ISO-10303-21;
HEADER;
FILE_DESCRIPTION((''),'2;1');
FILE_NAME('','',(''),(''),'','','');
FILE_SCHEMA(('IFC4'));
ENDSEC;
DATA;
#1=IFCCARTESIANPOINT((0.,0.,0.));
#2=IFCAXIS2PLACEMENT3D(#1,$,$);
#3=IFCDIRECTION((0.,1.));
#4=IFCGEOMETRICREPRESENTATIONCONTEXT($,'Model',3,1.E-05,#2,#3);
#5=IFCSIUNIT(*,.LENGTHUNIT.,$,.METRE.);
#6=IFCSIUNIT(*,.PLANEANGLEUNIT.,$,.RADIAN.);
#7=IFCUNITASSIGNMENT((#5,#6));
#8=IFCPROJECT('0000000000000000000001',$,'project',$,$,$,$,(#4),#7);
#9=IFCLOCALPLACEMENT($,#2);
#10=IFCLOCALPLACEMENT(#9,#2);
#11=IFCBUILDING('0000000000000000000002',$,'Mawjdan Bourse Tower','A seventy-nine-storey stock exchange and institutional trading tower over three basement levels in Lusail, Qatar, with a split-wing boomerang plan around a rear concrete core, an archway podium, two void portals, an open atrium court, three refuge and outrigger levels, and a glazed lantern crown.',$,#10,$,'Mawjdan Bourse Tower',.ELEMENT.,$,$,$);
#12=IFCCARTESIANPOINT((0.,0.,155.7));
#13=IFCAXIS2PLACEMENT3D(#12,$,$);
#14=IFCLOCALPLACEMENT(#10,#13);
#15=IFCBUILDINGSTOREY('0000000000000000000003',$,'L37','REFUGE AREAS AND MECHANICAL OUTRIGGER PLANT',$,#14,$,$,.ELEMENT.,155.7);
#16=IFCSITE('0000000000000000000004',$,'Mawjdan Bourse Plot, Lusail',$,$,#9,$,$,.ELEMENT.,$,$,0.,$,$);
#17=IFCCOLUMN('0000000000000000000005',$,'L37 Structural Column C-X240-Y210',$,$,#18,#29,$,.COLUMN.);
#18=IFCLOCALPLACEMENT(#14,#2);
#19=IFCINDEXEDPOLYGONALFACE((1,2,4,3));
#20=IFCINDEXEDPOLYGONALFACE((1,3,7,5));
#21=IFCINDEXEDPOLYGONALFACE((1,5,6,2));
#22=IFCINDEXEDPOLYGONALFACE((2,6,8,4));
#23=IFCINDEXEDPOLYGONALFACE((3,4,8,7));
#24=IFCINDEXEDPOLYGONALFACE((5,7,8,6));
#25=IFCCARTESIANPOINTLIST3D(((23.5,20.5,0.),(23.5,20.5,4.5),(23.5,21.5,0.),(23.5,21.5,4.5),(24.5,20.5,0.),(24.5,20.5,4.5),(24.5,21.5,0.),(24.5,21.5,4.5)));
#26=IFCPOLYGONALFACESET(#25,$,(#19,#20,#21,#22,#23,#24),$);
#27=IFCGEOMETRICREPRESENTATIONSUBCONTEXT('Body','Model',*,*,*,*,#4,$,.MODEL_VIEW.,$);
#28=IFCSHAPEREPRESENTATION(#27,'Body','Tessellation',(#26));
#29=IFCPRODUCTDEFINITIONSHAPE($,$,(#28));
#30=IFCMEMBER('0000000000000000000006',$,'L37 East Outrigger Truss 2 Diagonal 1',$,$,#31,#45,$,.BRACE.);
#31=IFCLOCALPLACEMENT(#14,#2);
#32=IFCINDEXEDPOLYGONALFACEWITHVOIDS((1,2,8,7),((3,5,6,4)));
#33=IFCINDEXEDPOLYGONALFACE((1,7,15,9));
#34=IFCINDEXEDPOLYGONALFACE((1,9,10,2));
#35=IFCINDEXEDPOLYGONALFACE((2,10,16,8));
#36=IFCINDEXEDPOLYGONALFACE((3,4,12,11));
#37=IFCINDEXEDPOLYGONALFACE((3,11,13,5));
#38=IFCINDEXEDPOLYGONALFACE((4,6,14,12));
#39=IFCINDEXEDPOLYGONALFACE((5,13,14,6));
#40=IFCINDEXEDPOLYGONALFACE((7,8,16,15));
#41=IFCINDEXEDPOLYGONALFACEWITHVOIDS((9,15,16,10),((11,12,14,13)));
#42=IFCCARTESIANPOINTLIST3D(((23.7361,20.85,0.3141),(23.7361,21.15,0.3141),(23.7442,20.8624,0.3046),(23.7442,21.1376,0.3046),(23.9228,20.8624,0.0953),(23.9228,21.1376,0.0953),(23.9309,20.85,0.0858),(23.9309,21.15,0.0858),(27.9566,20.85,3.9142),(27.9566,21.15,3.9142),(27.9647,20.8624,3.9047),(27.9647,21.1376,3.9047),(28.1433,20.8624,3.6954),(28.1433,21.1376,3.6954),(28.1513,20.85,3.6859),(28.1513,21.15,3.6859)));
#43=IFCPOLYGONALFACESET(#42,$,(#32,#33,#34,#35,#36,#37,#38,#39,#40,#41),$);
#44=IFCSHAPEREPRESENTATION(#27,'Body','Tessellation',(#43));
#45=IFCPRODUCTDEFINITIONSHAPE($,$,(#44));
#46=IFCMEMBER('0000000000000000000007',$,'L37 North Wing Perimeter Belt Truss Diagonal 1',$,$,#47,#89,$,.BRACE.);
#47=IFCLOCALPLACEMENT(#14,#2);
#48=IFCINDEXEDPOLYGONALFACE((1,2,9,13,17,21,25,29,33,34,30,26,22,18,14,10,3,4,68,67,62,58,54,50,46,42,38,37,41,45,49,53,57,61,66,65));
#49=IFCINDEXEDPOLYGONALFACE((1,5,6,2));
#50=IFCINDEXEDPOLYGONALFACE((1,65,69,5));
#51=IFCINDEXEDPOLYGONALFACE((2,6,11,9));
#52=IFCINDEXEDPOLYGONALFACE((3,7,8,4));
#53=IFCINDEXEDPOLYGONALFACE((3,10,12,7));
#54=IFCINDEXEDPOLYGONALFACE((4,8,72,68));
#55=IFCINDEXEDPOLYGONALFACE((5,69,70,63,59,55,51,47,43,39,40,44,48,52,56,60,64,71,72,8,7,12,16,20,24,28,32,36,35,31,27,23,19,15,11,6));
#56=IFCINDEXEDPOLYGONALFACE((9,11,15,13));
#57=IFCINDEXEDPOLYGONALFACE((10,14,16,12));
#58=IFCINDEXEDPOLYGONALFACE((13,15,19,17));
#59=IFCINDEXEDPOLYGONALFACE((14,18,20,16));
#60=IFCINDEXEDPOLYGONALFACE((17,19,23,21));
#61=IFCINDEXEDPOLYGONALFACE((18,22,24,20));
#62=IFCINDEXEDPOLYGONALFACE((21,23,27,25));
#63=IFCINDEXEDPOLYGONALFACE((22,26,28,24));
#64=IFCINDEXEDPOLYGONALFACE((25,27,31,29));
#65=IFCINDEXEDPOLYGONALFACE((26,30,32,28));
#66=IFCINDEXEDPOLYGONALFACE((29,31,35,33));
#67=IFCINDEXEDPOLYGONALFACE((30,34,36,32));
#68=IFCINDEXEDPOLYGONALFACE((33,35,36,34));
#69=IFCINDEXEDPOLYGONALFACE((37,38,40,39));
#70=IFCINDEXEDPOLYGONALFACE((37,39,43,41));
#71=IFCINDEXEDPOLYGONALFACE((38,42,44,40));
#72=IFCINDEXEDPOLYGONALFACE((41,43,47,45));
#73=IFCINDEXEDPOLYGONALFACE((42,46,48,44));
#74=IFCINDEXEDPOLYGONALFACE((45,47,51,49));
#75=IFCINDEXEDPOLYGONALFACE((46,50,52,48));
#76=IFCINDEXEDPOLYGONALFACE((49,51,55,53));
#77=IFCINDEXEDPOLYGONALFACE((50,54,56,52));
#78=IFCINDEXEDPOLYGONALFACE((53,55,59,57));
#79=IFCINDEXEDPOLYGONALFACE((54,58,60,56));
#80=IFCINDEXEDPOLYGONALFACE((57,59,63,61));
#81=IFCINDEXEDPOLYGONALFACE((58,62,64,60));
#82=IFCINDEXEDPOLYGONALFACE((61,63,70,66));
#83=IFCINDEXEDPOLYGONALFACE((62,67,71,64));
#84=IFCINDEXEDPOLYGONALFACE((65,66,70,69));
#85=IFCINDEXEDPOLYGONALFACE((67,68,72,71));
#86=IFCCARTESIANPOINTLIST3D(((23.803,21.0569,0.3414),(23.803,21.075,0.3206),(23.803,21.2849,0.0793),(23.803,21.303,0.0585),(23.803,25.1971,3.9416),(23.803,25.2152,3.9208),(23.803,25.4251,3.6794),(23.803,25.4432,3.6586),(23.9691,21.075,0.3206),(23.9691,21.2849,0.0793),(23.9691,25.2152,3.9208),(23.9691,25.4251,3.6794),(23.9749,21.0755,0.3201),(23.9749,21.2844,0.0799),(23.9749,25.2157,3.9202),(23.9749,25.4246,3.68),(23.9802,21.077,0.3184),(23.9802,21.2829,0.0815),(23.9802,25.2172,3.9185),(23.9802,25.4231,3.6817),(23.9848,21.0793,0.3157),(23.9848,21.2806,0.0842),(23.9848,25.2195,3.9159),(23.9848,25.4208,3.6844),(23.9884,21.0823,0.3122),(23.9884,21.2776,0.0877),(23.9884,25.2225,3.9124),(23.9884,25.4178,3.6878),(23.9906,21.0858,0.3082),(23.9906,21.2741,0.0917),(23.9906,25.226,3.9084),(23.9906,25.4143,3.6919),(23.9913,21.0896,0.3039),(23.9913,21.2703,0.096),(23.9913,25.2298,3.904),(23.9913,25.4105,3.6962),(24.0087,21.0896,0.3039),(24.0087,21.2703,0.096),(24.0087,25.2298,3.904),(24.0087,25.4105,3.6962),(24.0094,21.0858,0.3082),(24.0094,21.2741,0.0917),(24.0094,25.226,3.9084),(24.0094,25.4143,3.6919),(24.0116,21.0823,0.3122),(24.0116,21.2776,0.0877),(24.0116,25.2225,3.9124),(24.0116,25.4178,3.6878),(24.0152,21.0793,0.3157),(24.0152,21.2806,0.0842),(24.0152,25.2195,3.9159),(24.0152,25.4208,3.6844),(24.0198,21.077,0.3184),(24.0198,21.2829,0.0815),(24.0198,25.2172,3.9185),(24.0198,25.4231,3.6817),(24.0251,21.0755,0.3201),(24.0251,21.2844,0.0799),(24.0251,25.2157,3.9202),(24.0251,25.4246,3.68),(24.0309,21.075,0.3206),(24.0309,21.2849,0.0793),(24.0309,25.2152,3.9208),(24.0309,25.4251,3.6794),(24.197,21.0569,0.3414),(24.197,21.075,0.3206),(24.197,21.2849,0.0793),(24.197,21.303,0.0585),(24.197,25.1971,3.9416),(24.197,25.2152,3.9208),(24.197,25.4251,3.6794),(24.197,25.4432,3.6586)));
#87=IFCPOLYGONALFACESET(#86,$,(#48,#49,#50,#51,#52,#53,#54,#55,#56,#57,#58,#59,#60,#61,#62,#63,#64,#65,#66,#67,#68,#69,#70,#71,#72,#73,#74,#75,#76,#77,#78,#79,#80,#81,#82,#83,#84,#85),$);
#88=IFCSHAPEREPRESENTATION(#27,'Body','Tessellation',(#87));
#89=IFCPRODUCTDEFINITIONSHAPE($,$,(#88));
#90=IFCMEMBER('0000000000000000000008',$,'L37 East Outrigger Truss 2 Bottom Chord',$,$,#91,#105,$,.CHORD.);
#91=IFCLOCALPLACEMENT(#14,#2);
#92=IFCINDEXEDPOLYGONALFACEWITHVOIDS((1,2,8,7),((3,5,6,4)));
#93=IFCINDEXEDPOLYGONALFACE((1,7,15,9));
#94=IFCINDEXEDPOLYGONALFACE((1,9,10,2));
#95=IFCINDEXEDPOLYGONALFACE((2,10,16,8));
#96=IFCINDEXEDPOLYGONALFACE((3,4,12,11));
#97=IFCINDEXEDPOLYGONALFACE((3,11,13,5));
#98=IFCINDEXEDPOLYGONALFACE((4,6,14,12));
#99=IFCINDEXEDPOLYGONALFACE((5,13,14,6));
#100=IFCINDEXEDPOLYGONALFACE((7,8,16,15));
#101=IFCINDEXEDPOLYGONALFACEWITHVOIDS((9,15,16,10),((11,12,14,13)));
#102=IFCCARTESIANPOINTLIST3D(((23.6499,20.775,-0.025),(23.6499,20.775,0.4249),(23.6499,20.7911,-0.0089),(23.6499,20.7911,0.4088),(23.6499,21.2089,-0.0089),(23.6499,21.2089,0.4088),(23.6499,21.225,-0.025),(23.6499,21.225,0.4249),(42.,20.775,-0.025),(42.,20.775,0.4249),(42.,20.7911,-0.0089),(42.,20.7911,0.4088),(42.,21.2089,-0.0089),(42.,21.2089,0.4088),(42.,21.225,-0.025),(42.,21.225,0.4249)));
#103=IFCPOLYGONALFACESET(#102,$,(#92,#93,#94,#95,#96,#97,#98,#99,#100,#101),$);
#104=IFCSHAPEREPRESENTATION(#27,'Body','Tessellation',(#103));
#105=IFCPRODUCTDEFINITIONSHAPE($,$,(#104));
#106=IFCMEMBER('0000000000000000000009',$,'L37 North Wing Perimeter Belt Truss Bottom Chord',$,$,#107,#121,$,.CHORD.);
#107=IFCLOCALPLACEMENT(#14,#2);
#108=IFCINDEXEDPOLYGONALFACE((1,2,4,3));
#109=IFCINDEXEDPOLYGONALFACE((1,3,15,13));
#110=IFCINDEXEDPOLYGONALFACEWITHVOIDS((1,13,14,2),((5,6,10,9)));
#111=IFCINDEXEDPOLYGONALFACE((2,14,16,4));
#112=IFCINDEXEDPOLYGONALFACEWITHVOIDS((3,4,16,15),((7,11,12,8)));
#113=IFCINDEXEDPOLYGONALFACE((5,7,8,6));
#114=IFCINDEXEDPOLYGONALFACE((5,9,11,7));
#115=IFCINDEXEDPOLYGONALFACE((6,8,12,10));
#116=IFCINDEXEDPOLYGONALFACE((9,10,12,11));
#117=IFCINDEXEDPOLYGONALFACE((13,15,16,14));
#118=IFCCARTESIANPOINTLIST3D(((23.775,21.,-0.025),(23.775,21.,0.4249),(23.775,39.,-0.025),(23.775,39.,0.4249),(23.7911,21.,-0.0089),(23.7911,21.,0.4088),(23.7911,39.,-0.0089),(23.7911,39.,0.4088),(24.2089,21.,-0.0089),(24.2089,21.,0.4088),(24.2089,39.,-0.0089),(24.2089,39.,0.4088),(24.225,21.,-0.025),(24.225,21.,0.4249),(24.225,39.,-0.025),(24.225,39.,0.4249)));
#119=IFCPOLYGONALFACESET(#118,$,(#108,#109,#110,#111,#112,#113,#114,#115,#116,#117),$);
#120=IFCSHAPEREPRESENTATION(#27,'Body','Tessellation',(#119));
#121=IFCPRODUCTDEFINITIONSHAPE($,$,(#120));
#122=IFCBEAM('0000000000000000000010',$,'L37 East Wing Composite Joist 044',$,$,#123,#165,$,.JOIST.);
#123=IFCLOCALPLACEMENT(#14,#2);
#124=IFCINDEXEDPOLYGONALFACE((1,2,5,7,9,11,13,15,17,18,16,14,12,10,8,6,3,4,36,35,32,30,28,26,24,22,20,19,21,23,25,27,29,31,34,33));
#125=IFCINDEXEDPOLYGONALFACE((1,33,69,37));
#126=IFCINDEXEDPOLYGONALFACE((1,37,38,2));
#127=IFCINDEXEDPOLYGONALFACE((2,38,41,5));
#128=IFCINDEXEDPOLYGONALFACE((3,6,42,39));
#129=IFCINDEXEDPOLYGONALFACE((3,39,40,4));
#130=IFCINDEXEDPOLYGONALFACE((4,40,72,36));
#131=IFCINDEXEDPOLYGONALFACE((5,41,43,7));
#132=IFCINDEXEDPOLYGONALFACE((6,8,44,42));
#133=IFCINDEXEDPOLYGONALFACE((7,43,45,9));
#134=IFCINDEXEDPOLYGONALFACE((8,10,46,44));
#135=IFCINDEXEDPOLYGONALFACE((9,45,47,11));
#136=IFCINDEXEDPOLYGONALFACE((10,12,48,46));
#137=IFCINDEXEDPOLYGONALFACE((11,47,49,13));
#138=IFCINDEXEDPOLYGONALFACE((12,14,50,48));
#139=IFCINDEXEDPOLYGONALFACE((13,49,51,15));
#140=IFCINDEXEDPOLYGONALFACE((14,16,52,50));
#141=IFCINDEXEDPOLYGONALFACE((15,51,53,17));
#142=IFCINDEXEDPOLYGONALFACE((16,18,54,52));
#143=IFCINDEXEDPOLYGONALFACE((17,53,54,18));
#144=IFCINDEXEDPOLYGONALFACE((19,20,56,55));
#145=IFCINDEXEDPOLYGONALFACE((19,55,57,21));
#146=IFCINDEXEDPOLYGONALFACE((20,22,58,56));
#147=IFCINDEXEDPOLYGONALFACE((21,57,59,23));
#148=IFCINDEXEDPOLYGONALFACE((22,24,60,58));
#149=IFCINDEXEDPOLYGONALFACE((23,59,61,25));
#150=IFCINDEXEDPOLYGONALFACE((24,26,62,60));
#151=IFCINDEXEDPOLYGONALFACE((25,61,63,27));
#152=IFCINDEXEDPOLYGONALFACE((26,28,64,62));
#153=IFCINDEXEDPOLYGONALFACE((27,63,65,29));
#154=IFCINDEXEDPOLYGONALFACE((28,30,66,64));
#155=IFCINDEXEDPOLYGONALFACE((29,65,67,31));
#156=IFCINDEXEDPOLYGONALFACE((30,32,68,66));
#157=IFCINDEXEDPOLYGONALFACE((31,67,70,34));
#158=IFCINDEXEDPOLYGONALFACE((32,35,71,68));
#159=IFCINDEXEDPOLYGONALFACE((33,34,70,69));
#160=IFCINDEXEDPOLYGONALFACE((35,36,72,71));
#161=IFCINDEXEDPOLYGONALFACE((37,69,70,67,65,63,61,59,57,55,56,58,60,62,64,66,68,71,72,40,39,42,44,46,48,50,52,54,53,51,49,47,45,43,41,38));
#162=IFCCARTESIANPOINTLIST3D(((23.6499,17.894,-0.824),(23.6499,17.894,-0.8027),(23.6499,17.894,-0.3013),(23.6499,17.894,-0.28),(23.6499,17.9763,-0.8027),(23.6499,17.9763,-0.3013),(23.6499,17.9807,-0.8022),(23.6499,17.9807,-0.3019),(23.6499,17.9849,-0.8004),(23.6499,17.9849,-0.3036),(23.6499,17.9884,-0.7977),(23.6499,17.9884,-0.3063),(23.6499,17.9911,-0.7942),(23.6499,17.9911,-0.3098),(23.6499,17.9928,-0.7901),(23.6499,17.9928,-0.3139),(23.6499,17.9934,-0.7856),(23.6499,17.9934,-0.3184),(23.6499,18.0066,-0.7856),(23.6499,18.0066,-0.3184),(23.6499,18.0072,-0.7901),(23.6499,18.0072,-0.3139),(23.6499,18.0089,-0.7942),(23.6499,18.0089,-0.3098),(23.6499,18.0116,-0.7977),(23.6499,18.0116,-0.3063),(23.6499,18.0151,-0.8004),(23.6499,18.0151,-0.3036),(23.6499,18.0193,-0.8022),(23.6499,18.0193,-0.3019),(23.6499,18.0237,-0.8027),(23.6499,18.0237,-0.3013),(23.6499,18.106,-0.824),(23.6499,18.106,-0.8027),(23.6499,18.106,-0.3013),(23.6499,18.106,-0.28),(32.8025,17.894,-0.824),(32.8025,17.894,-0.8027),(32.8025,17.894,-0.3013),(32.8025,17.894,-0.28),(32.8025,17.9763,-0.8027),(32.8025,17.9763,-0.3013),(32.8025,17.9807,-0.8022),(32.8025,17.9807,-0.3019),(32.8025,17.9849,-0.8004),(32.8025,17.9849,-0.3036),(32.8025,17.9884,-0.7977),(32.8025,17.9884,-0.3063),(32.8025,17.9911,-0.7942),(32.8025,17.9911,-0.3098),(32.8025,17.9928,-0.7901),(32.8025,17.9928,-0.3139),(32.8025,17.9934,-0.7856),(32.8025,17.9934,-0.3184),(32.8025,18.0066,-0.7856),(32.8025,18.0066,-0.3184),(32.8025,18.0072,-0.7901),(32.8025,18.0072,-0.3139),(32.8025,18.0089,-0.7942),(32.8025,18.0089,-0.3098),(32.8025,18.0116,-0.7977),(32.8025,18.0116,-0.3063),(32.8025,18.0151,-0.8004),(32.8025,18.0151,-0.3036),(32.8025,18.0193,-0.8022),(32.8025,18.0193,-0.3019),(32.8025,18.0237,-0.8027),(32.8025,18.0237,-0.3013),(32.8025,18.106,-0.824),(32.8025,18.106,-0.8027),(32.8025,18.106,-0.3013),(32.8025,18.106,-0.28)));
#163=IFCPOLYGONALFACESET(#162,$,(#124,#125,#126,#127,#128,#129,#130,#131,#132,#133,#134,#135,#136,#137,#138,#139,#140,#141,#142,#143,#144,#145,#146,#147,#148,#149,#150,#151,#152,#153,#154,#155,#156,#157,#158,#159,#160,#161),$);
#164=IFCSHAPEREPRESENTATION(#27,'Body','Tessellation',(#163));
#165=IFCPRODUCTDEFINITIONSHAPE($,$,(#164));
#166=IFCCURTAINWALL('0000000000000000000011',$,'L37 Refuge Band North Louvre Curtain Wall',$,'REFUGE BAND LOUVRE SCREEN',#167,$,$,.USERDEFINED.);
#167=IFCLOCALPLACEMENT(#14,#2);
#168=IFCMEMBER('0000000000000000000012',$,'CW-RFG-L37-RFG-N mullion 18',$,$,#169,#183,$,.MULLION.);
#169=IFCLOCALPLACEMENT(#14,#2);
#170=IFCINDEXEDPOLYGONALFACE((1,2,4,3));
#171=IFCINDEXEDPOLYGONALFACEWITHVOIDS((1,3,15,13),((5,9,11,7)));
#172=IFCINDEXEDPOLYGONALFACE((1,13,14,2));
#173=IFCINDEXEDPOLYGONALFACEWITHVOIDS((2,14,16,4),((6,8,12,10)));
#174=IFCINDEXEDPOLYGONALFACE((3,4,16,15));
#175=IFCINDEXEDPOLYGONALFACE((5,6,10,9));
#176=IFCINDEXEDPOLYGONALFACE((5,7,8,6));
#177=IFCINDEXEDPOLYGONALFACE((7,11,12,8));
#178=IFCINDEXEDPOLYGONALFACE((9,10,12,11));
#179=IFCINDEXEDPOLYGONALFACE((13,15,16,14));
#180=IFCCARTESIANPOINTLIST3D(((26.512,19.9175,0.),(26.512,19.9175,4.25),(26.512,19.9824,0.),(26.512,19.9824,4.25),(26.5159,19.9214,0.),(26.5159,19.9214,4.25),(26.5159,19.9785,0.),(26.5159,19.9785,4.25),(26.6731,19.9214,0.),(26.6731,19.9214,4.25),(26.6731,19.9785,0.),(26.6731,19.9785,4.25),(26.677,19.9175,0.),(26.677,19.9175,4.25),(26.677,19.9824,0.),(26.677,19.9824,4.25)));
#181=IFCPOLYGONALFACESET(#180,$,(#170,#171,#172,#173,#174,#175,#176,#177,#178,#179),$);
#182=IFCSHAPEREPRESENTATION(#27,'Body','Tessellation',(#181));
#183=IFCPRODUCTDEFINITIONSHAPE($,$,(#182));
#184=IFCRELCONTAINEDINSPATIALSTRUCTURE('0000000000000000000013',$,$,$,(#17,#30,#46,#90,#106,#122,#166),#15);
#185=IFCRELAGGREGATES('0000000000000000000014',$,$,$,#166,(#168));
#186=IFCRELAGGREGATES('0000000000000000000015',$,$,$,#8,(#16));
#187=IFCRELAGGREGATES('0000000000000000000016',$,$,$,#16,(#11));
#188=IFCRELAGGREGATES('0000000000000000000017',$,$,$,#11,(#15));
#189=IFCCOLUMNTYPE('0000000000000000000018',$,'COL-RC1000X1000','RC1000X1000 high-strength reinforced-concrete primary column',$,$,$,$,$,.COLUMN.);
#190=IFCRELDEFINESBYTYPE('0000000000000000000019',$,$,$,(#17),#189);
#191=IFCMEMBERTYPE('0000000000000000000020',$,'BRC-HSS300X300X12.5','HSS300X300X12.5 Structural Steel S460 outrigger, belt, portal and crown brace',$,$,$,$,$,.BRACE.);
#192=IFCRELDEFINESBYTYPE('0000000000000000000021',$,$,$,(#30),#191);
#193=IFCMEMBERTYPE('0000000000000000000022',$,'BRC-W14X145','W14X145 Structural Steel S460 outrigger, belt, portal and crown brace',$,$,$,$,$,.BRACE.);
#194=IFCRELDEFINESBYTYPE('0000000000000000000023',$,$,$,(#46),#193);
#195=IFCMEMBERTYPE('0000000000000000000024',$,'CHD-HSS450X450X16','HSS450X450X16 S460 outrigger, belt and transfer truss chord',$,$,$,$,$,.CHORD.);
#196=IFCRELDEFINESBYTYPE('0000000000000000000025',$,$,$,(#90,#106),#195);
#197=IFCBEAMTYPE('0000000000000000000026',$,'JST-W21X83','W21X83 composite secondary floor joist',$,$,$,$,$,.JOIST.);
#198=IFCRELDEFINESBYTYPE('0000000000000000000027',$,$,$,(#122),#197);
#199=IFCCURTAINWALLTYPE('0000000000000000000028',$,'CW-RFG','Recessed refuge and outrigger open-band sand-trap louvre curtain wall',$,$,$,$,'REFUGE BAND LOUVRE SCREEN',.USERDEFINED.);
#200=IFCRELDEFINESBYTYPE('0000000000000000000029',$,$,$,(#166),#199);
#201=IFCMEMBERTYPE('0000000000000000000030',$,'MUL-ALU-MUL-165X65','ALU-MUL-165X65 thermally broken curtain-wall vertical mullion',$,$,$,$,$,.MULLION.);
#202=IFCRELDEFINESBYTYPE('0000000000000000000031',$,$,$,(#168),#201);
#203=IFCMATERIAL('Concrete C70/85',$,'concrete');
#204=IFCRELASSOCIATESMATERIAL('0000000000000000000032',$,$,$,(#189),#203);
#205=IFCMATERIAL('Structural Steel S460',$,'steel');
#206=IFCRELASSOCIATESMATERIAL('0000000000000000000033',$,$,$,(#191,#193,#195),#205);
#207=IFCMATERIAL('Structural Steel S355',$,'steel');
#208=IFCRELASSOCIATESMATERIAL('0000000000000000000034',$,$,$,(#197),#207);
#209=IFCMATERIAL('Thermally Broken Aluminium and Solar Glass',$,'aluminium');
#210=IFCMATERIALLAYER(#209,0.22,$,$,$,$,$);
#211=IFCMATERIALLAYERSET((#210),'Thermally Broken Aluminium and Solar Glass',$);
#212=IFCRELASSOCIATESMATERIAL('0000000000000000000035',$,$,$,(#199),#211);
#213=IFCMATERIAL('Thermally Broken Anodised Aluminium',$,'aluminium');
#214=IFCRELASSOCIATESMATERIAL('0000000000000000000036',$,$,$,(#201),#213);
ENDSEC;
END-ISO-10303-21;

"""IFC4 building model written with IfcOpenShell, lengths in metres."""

from ifc_helpers import new_model, si_unit, direction, frame, origin, origin_2d, place, context, subcontext, project, spatial, rectangle, hollow_rectangle, i_section, extrude, material, layer, layer_set, material_profile, profile_set, type_object, element, aggregate, save


model = new_model("IFC4")

# Units and contexts
model_context = context("Model", 3, precision=1e-05, world=origin(), true_north=direction((0.0, 1.0)))
body_context = subcontext(model_context, "Body", "Model", "MODEL_VIEW")
ifc_project = project(units=[si_unit("LENGTHUNIT", "METRE"), si_unit("PLANEANGLEUNIT", "RADIAN")], contexts=[model_context])

# Site, building, storey
site_placement = place(None, origin())
site = spatial("IfcSite", under=ifc_project, at=site_placement, Name="Mawjdan Bourse Plot, Lusail", CompositionType="ELEMENT", RefElevation=0.0)
building_placement = place(site_placement, origin())
building = spatial("IfcBuilding", under=site, at=building_placement, Name="Mawjdan Bourse Tower", Description="A seventy-nine-storey stock exchange and institutional trading tower over three basement levels in Lusail, Qatar, with a split-wing boomerang plan around a rear concrete core, an archway podium, two void portals, an open atrium court, three refuge and outrigger levels, and a glazed lantern crown.", LongName="Mawjdan Bourse Tower", CompositionType="ELEMENT")
storey_placement = place(building_placement, frame((0.0, 0.0, 155.7)))
storey = spatial("IfcBuildingStorey", under=building, at=storey_placement, Name="L37", Description="REFUGE AREAS AND MECHANICAL OUTRIGGER PLANT", CompositionType="ELEMENT", Elevation=155.7)

# Column
ifc_material_1 = material(Name="Concrete C70/85", Category="concrete")
ifc_material_profile_1 = material_profile(ifc_material_1, rectangle(XDim=1.0, YDim=1.0, at=origin_2d()), Name="RC1000X1000")
ifc_profile_set_1 = profile_set([ifc_material_profile_1], Name="Concrete C70/85")
column_type = type_object("IfcColumnType", Name="COL-RC1000X1000", Description="RC1000X1000 high-strength reinforced-concrete primary column", PredefinedType="COLUMN", material=ifc_profile_set_1)
column_placement = place(storey_placement, frame((24.0, 21.0, 0.0), z_axis=(0.0, 0.0, 1.0), x_axis=(1.0, 0.0, 0.0)))
element("IfcColumn", 1, at=column_placement, inside=storey, type_object=column_type, Name="L37 Structural Column C-X240-Y210", PredefinedType="COLUMN", context=body_context, shape_type="SweptSolid", body=[
    extrude(rectangle(XDim=1.0, YDim=1.0, at=origin_2d()), origin(), (0.0, 0.0, 1.0), 4.5),
])

# Members
ifc_material_2 = material(Name="Structural Steel S460", Category="steel")
ifc_material_profile_2 = material_profile(ifc_material_2, hollow_rectangle(XDim=0.3, YDim=0.3, WallThickness=0.0125, at=origin_2d()), Name="HSS300X300X12.5")
ifc_profile_set_2 = profile_set([ifc_material_profile_2], Name="Structural Steel S460")
member_type_1 = type_object("IfcMemberType", Name="BRC-HSS300X300X12.5", Description="HSS300X300X12.5 Structural Steel S460 outrigger, belt, portal and crown brace", PredefinedType="BRACE", material=ifc_profile_set_2)
member_1_placement = place(storey_placement, frame((23.8335, 21.0, 0.2), z_axis=(0.760808, 0.0, 0.648977), x_axis=(0.0, 1.0, 0.0)))
element("IfcMember", 2, at=member_1_placement, inside=storey, type_object=member_type_1, Name="L37 East Outrigger Truss 2 Diagonal 1", PredefinedType="BRACE", context=body_context, shape_type="SweptSolid", body=[
    extrude(hollow_rectangle(XDim=0.3, YDim=0.3, WallThickness=0.0125, at=origin_2d()), origin(), (0.0, 0.0, 1.0), 5.5474),
])
ifc_material_profile_3 = material_profile(ifc_material_2, i_section(OverallWidth=0.394, OverallDepth=0.375, WebThickness=0.0173, FlangeThickness=0.0276, FilletRadius=0.0222, at=origin_2d()), Name="W14X145")
ifc_profile_set_3 = profile_set([ifc_material_profile_3], Name="Structural Steel S460")
member_type_2 = type_object("IfcMemberType", Name="BRC-W14X145", Description="W14X145 Structural Steel S460 outrigger, belt, portal and crown brace", PredefinedType="BRACE", material=ifc_profile_set_3)
member_2_placement = place(storey_placement, frame((24.0, 21.1799, 0.2), z_axis=(0.0, 0.754607, 0.656177), x_axis=(-1.0, 0.0, 0.0)))
element("IfcMember", 3, at=member_2_placement, inside=storey, type_object=member_type_2, Name="L37 North Wing Perimeter Belt Truss Diagonal 1", PredefinedType="BRACE", context=body_context, shape_type="SweptSolid", body=[
    extrude(i_section(OverallWidth=0.394, OverallDepth=0.375, WebThickness=0.0173, FlangeThickness=0.0276, FilletRadius=0.0222, at=origin_2d()), origin(), (0.0, 0.0, 1.0), 5.4866),
])
ifc_material_profile_4 = material_profile(ifc_material_2, hollow_rectangle(XDim=0.45, YDim=0.45, WallThickness=0.0161, at=origin_2d()), Name="HSS450X450X16")
ifc_profile_set_4 = profile_set([ifc_material_profile_4], Name="Structural Steel S460")
member_type_3 = type_object("IfcMemberType", Name="CHD-HSS450X450X16", Description="HSS450X450X16 S460 outrigger, belt and transfer truss chord", PredefinedType="CHORD", material=ifc_profile_set_4)
member_3_placement = place(storey_placement, frame((23.6499, 21.0, 0.2), z_axis=(1.0, 0.0, 0.0), x_axis=(0.0, 1.0, 0.0)))
element("IfcMember", 4, at=member_3_placement, inside=storey, type_object=member_type_3, Name="L37 East Outrigger Truss 2 Bottom Chord", PredefinedType="CHORD", context=body_context, shape_type="SweptSolid", body=[
    extrude(hollow_rectangle(XDim=0.45, YDim=0.45, WallThickness=0.0161, at=origin_2d()), origin(), (0.0, 0.0, 1.0), 18.3501),
])
member_4_placement = place(storey_placement, frame((24.0, 21.0, 0.2), z_axis=(0.0, 1.0, 0.0), x_axis=(-1.0, 0.0, 0.0)))
element("IfcMember", 5, at=member_4_placement, inside=storey, type_object=member_type_3, Name="L37 North Wing Perimeter Belt Truss Bottom Chord", PredefinedType="CHORD", context=body_context, shape_type="SweptSolid", body=[
    extrude(hollow_rectangle(XDim=0.45, YDim=0.45, WallThickness=0.0161, at=origin_2d()), origin(), (0.0, 0.0, 1.0), 18.0),
])

# Beam
ifc_material_3 = material(Name="Structural Steel S355", Category="steel")
ifc_material_profile_5 = material_profile(ifc_material_3, i_section(OverallWidth=0.2119, OverallDepth=0.5439, WebThickness=0.0132, FlangeThickness=0.0212, FilletRadius=0.0171, at=origin_2d()), Name="W21X83")
ifc_profile_set_5 = profile_set([ifc_material_profile_5], Name="Structural Steel S355")
beam_type_1 = type_object("IfcBeamType", Name="JST-W21X83", Description="W21X83 composite secondary floor joist", PredefinedType="JOIST", material=ifc_profile_set_5)
beam_1_placement = place(storey_placement, frame((23.6499, 18.0, -0.552), z_axis=(1.0, 0.0, 0.0), x_axis=(0.0, 1.0, 0.0)))
element("IfcBeam", 6, at=beam_1_placement, inside=storey, type_object=beam_type_1, Name="L37 East Wing Composite Joist 044", PredefinedType="JOIST", context=body_context, shape_type="SweptSolid", body=[
    extrude(i_section(OverallWidth=0.2119, OverallDepth=0.5439, WebThickness=0.0132, FlangeThickness=0.0212, FilletRadius=0.0171, at=origin_2d()), origin(), (0.0, 0.0, 1.0), 9.1526),
])

# Curtain wall, member
ifc_material_4 = material(Name="Thermally Broken Aluminium and Solar Glass", Category="aluminium")
ifc_layer_1 = layer(ifc_material_4, 0.22)
ifc_layer_set_1 = layer_set([ifc_layer_1], Name="Thermally Broken Aluminium and Solar Glass")
curtain_wall_type = type_object("IfcCurtainWallType", Name="CW-RFG", Description="Recessed refuge and outrigger open-band sand-trap louvre curtain wall", ElementType="REFUGE BAND LOUVRE SCREEN", PredefinedType="USERDEFINED", material=ifc_layer_set_1)
curtain_wall_placement = place(storey_placement, origin())
curtain_wall = element("IfcCurtainWall", 7, at=curtain_wall_placement, inside=storey, type_object=curtain_wall_type, Name="L37 Refuge Band North Louvre Curtain Wall", ObjectType="REFUGE BAND LOUVRE SCREEN", PredefinedType="USERDEFINED")
ifc_material_5 = material(Name="Thermally Broken Anodised Aluminium", Category="aluminium")
ifc_material_profile_6 = material_profile(ifc_material_5, hollow_rectangle(XDim=0.0649, YDim=0.165, WallThickness=0.0039, at=origin_2d()), Name="ALU-MUL-165X65")
ifc_profile_set_6 = profile_set([ifc_material_profile_6], Name="Thermally Broken Anodised Aluminium")
member_type_4 = type_object("IfcMemberType", Name="MUL-ALU-MUL-165X65", Description="ALU-MUL-165X65 thermally broken curtain-wall vertical mullion", PredefinedType="MULLION", material=ifc_profile_set_6)
member_5_placement = place(storey_placement, frame((26.5945, 19.95, 0.0), z_axis=(0.0, 0.0, 1.0), x_axis=(0.0, -1.0, 0.0)))
member_5 = element("IfcMember", 8, at=member_5_placement, type_object=member_type_4, Name="CW-RFG-L37-RFG-N mullion 18", PredefinedType="MULLION", context=body_context, shape_type="SweptSolid", body=[
    extrude(hollow_rectangle(XDim=0.0649, YDim=0.165, WallThickness=0.0039, at=origin_2d()), origin(), (0.0, 0.0, 1.0), 4.25),
])

aggregate(curtain_wall, [member_5])

save(model, "model.ifc")
